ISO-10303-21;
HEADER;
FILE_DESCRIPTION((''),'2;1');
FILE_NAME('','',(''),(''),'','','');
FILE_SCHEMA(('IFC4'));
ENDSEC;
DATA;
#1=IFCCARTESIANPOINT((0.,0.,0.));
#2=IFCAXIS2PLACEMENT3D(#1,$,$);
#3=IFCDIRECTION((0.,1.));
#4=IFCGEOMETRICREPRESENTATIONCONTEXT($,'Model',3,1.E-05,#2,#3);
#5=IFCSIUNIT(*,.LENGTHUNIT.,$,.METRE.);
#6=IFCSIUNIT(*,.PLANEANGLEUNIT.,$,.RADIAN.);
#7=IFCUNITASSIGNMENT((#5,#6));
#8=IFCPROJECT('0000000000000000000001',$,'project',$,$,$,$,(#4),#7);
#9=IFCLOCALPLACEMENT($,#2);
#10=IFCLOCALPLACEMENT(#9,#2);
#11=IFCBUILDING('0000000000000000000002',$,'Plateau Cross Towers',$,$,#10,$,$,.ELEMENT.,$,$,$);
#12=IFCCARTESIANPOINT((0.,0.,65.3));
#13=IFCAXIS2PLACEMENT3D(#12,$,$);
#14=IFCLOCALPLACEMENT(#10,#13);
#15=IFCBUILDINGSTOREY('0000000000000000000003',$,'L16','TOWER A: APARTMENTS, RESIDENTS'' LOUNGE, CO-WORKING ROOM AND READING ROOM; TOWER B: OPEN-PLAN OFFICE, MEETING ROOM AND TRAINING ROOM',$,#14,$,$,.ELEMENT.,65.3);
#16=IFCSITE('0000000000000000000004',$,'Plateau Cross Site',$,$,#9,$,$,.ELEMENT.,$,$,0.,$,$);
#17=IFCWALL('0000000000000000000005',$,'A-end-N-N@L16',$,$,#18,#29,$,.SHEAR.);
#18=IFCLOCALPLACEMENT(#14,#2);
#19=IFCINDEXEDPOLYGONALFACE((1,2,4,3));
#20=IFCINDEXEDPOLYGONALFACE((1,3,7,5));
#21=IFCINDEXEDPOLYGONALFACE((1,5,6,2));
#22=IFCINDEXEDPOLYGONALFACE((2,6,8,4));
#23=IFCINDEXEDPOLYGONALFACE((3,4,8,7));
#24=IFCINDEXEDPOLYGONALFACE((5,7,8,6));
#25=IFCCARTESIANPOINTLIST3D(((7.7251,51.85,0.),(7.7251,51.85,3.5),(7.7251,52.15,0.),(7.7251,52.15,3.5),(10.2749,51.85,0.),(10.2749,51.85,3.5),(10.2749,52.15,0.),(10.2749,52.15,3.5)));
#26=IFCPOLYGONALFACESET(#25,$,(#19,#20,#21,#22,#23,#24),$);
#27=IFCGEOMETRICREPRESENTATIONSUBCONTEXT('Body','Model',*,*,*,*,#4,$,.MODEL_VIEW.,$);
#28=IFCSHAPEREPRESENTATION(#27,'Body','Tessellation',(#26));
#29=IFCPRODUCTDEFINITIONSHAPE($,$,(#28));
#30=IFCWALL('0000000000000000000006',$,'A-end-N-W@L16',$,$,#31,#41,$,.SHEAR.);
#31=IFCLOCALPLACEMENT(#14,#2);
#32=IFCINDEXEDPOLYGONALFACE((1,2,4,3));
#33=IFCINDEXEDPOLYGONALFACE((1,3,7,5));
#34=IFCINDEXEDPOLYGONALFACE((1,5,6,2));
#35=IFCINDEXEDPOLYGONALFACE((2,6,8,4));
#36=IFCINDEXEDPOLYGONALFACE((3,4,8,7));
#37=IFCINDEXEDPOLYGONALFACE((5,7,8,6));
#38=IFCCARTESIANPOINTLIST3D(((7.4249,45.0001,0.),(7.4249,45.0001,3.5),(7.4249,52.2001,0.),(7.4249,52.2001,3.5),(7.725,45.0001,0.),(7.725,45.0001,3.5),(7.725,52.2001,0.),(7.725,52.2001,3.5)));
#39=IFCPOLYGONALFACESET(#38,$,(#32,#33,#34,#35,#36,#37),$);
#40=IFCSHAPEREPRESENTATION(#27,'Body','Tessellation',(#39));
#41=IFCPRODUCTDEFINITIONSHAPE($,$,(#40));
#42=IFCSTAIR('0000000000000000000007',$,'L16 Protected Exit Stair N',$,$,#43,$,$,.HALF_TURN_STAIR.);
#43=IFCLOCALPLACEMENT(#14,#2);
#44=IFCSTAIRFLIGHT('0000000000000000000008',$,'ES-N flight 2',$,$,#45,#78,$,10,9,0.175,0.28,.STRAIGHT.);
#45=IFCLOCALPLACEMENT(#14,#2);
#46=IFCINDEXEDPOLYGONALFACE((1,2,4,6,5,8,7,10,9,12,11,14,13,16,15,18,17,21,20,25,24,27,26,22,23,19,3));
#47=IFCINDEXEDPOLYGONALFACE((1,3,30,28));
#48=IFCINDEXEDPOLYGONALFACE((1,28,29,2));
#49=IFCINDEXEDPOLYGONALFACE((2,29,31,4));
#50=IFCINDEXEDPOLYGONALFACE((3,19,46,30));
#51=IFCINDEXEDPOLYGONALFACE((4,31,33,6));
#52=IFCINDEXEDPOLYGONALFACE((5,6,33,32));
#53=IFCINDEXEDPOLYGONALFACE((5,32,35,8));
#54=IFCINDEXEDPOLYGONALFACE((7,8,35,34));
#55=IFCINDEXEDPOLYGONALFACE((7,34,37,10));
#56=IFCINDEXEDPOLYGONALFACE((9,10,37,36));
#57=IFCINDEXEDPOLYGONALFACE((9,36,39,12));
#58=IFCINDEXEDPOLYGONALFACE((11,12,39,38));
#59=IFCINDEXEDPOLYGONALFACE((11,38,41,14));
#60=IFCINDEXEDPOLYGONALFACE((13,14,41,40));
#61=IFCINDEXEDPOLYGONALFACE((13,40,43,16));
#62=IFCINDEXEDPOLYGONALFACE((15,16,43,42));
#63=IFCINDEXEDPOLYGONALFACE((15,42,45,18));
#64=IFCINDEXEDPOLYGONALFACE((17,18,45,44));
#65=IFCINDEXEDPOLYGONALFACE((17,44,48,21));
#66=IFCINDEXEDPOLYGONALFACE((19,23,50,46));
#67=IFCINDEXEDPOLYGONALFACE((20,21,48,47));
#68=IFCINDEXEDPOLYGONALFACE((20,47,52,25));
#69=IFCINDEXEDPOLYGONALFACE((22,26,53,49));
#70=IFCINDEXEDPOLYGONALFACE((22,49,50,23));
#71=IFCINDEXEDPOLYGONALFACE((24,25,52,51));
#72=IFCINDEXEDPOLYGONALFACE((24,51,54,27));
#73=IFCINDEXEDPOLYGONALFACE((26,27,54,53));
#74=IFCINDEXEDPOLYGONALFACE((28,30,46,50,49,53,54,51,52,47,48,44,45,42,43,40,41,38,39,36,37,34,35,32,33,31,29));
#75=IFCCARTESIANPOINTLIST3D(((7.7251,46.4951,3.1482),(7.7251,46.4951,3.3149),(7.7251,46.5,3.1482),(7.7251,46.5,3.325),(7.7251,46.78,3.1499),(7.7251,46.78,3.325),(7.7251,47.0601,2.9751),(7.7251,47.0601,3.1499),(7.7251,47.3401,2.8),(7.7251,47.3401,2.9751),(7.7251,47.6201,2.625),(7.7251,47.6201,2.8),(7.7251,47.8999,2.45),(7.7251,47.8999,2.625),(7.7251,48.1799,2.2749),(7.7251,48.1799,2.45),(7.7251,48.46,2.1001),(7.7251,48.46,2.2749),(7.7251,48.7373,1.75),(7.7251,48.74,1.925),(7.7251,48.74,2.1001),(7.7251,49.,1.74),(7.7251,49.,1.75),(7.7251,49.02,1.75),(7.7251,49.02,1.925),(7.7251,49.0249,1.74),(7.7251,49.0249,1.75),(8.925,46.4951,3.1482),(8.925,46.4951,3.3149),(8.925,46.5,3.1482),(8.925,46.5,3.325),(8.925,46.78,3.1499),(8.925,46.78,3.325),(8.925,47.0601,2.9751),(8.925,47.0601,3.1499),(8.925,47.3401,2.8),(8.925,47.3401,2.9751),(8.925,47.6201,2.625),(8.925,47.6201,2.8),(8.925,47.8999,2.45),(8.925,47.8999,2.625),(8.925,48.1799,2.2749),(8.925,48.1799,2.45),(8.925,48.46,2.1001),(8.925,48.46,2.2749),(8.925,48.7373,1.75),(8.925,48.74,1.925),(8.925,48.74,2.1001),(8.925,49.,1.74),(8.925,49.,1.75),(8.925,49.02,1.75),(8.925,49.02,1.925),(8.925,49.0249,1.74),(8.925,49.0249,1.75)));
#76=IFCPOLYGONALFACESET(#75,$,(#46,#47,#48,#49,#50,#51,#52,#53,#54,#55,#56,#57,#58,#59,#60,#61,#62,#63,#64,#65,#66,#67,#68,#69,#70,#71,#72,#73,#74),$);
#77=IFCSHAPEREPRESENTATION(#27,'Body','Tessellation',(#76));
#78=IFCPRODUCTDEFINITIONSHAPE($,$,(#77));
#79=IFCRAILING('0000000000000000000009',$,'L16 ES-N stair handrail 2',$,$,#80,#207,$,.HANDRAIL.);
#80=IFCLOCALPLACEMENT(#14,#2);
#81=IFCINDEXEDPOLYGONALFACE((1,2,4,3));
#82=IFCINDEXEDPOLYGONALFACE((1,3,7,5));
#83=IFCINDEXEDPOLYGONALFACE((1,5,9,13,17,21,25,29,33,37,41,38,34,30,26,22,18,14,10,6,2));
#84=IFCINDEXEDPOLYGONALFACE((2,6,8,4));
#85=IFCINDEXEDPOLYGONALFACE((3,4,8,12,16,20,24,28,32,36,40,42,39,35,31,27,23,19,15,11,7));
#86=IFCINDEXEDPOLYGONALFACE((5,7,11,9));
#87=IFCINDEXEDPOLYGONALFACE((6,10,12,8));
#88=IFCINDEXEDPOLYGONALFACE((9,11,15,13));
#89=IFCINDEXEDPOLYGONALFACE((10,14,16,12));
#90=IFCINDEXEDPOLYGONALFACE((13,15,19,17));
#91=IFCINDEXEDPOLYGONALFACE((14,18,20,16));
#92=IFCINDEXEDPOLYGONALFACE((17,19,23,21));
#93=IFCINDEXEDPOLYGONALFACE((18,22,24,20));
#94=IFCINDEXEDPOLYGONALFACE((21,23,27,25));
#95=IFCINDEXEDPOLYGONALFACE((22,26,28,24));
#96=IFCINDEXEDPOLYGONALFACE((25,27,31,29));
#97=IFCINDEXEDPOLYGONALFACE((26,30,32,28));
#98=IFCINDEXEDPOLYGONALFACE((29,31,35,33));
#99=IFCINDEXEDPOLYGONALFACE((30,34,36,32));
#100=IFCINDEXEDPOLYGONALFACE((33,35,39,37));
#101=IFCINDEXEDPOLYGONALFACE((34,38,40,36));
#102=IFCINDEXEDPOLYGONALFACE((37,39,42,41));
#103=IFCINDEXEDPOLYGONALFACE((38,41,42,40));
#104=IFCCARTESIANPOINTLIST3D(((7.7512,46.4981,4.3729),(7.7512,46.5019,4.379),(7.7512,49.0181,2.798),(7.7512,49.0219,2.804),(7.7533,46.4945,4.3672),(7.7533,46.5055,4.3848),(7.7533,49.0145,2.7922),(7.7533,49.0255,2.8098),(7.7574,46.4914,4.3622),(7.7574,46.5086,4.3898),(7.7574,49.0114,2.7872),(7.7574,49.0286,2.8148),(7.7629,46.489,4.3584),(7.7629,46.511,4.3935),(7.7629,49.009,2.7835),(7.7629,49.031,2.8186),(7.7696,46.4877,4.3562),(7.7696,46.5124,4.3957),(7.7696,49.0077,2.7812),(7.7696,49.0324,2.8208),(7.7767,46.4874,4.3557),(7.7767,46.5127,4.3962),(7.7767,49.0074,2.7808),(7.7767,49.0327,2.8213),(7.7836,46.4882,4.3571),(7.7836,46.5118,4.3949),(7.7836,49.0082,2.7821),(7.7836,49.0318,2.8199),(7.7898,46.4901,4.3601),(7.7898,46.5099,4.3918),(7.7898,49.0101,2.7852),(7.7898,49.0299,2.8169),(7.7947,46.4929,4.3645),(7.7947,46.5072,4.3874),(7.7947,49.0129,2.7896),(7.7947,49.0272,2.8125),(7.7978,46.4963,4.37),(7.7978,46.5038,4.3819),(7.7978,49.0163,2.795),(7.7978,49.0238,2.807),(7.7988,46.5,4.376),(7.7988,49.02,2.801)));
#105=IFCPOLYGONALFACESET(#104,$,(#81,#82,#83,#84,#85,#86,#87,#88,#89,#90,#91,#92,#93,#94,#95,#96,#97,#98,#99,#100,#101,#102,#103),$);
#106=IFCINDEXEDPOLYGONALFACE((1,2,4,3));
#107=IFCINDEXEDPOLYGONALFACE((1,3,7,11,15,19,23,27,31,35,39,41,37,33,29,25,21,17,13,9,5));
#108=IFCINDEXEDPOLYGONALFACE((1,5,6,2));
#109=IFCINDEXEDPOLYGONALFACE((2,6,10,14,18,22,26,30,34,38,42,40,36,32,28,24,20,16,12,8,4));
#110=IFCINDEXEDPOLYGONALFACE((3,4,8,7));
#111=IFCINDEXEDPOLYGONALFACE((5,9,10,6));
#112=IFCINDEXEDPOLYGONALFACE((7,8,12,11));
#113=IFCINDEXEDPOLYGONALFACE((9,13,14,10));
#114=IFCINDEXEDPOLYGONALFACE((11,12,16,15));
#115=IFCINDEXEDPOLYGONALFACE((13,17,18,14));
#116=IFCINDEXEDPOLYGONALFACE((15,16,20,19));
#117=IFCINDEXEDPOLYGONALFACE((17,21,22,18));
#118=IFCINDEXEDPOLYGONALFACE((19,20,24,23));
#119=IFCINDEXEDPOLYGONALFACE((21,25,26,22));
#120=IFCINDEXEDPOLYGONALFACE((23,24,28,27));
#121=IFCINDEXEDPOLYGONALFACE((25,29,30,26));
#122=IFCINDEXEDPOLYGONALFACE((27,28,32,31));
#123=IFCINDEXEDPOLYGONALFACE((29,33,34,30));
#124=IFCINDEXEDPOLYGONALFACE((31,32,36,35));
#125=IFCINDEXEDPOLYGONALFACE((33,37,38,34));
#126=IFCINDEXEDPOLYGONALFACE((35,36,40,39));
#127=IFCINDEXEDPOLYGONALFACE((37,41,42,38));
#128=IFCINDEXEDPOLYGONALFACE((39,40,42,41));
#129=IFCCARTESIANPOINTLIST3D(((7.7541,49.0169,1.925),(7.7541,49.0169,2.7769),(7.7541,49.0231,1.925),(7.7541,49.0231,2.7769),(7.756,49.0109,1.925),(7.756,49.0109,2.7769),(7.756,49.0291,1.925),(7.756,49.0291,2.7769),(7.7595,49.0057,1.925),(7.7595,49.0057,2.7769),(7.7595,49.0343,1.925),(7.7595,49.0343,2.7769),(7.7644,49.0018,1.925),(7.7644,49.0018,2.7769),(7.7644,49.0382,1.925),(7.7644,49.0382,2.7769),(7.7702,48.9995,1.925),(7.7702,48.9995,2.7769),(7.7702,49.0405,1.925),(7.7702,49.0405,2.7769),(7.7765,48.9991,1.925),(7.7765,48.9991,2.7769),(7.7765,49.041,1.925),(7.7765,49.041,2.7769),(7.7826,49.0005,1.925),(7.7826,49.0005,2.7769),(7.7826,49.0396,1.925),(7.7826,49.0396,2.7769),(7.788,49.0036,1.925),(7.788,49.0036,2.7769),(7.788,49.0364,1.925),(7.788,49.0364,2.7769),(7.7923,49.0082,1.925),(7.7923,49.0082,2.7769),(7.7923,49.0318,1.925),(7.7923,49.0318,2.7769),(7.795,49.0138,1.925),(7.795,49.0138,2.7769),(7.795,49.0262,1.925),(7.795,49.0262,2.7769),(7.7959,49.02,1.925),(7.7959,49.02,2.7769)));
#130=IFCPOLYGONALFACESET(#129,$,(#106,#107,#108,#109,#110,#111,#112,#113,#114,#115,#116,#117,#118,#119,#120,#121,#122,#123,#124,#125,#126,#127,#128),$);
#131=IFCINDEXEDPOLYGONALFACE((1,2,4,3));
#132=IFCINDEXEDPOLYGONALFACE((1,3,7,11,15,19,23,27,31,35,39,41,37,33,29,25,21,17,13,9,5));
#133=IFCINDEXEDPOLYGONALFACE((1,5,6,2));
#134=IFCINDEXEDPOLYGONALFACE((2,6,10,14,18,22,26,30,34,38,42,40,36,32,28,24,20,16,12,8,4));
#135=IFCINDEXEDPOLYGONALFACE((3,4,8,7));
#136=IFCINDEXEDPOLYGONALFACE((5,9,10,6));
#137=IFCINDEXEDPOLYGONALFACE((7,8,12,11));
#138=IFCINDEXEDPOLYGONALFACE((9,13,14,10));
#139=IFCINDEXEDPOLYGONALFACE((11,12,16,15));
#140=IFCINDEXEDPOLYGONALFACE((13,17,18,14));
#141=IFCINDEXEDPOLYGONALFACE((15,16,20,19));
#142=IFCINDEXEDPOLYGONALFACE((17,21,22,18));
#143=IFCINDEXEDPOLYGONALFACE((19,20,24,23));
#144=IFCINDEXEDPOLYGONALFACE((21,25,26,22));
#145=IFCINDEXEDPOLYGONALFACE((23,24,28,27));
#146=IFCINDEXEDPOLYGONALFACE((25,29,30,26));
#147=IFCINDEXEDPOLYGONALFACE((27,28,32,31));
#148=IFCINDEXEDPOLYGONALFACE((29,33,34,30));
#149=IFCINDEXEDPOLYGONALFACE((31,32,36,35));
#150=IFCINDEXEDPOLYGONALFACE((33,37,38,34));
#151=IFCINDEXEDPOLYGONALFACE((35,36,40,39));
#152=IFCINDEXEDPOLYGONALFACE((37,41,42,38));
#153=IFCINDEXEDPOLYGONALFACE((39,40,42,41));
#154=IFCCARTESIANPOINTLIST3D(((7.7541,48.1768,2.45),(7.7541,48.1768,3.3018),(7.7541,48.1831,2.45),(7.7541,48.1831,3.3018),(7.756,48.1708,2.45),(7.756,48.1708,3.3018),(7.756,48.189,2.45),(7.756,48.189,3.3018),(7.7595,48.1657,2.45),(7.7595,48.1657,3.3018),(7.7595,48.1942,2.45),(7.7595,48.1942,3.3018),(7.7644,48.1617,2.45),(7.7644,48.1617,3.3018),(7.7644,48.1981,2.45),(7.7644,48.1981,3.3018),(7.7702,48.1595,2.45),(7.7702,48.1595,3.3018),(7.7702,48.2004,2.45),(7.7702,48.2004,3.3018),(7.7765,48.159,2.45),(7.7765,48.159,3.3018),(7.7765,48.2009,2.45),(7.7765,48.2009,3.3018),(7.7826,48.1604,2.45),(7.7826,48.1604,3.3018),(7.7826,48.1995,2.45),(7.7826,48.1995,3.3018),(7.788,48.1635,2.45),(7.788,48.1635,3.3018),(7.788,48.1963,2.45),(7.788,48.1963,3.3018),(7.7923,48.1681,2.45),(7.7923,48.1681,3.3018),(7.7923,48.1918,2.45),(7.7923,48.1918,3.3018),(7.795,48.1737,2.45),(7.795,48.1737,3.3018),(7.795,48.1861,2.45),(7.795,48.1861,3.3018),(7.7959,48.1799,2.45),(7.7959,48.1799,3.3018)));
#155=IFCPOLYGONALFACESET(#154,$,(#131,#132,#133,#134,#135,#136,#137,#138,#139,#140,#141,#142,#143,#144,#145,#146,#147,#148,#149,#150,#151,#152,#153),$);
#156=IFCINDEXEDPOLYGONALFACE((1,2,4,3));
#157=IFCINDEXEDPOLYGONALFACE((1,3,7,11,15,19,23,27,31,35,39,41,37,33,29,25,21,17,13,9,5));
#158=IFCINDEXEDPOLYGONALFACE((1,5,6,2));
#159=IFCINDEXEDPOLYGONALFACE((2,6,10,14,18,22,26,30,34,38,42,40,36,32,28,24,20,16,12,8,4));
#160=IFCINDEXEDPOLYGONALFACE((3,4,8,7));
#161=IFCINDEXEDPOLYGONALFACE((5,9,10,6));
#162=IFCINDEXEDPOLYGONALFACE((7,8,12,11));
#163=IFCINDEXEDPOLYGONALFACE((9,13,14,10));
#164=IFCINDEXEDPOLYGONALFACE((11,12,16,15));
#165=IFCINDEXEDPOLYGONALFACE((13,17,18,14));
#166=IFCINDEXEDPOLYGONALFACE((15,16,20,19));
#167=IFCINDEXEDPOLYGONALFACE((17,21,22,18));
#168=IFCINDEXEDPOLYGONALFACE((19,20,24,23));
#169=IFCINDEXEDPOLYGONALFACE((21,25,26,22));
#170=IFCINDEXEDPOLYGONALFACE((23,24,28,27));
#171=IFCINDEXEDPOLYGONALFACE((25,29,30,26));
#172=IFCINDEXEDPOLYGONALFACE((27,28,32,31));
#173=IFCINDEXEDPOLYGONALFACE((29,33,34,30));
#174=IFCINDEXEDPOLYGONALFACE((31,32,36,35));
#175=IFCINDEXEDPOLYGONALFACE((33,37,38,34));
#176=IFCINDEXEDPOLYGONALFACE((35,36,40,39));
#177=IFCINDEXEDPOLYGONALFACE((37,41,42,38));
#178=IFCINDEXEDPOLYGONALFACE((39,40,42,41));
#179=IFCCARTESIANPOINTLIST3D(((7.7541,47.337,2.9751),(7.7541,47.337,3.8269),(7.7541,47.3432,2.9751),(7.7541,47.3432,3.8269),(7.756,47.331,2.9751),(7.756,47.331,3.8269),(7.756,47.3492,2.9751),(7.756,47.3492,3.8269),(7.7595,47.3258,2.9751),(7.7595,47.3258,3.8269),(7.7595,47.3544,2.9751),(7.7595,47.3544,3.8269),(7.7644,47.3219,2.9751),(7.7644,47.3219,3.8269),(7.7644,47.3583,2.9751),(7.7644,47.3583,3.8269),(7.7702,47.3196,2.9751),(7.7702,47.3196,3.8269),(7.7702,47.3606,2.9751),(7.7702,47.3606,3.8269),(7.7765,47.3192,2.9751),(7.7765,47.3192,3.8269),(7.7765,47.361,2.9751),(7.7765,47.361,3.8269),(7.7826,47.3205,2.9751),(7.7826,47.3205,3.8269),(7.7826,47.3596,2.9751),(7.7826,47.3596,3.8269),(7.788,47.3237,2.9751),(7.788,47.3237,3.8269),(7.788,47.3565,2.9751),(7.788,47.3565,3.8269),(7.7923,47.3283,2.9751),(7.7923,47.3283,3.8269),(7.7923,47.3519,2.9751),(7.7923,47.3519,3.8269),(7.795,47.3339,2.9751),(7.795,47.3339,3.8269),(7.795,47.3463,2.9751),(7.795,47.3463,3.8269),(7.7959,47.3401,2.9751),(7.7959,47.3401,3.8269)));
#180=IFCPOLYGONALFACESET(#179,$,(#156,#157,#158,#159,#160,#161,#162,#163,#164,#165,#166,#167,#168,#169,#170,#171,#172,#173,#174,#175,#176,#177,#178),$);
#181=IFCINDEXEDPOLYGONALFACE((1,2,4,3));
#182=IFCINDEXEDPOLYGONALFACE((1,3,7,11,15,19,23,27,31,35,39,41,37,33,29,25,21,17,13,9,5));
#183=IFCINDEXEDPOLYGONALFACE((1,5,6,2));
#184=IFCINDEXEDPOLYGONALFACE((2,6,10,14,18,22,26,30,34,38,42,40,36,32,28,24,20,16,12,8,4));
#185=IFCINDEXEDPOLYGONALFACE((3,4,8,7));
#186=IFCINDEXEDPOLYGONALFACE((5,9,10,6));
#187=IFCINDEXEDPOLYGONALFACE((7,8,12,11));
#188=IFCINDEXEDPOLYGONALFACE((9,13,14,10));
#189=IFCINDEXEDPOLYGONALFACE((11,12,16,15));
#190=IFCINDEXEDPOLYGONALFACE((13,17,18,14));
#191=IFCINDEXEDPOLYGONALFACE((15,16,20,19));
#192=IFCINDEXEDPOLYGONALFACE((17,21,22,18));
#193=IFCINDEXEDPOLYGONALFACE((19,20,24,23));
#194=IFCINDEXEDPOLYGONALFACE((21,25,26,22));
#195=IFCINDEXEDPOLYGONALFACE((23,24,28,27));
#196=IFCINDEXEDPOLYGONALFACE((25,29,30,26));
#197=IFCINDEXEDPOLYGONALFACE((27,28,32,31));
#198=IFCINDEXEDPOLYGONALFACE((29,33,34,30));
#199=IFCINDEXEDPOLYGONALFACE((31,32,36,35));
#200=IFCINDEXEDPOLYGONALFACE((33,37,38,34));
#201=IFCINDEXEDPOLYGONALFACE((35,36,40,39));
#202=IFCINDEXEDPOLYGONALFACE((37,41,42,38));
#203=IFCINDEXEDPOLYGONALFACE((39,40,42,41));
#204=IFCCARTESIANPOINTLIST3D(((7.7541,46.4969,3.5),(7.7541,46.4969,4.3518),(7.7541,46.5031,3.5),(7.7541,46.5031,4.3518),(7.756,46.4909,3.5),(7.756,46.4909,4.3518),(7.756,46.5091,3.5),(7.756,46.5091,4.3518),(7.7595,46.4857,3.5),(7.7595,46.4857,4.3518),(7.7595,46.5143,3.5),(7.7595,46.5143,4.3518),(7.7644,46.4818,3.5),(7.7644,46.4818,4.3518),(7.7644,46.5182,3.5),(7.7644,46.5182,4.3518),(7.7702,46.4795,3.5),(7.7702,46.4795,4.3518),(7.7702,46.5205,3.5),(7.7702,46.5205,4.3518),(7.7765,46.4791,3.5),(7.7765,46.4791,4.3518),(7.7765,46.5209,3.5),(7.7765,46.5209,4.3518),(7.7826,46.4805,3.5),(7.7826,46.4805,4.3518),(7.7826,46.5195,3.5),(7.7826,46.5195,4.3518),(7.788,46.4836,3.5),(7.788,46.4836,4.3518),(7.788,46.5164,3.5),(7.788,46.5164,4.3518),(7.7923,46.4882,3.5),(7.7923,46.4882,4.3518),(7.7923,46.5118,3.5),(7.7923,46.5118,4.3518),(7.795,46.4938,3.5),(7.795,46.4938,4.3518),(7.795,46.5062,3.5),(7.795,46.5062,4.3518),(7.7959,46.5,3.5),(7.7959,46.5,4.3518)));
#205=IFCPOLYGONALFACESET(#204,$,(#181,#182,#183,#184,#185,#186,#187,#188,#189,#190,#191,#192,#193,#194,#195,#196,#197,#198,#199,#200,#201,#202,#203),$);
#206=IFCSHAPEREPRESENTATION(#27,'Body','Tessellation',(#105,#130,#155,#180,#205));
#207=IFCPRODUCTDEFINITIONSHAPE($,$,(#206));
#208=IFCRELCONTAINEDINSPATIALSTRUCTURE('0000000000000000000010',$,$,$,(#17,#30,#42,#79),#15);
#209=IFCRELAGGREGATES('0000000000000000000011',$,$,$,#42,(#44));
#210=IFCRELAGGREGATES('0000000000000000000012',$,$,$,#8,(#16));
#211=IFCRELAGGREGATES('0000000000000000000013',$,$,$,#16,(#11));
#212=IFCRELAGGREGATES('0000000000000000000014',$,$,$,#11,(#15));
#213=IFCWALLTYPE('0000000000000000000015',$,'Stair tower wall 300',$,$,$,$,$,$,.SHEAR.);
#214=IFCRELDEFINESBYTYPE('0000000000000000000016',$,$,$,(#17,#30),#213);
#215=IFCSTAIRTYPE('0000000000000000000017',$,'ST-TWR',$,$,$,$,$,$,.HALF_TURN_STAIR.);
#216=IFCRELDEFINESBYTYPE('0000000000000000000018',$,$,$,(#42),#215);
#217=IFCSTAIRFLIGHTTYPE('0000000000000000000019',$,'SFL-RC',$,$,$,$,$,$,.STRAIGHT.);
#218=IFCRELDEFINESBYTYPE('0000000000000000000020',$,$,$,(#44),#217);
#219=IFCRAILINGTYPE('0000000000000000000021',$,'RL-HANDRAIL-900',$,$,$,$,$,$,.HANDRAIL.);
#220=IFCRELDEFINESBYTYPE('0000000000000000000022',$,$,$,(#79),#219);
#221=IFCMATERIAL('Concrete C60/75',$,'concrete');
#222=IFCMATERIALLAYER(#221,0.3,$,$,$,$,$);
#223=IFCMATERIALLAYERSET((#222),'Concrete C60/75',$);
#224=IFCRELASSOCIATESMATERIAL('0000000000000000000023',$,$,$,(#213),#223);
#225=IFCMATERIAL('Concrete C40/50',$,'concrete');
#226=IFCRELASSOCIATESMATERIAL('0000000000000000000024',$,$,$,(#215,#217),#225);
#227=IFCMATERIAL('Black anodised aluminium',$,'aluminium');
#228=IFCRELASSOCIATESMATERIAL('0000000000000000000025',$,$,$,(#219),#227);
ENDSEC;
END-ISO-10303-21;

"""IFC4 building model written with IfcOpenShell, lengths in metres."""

from ifc_helpers import new_model, si_unit, direction, frame, frame_2d, origin, origin_2d, place, context, subcontext, project, spatial, polyline, rectangle, circle, outline, extrude, material, layer, layer_set, type_object, element, aggregate, save


model = new_model("IFC4")

# Units and contexts
model_context = context("Model", 3, precision=1e-05, world=origin(), true_north=direction((0.0, 1.0)))
body_context = subcontext(model_context, "Body", "Model", "MODEL_VIEW")
ifc_project = project(units=[si_unit("LENGTHUNIT", "METRE"), si_unit("PLANEANGLEUNIT", "RADIAN")], contexts=[model_context])

# Site, building, storey
site_placement = place(None, origin())
site = spatial("IfcSite", under=ifc_project, at=site_placement, Name="Plateau Cross Site", CompositionType="ELEMENT", RefElevation=0.0)
building_placement = place(site_placement, origin())
building = spatial("IfcBuilding", under=site, at=building_placement, Name="Plateau Cross Towers", CompositionType="ELEMENT")
storey_placement = place(building_placement, frame((0.0, 0.0, 65.3)))
storey = spatial("IfcBuildingStorey", under=building, at=storey_placement, Name="L16", Description="TOWER A: APARTMENTS, RESIDENTS' LOUNGE, CO-WORKING ROOM AND READING ROOM; TOWER B: OPEN-PLAN OFFICE, MEETING ROOM AND TRAINING ROOM", CompositionType="ELEMENT", Elevation=65.3)

# Shared definitions
ifc_material_1 = material(Name="Concrete C60/75", Category="concrete")

# Shared definitions
ifc_material_2 = material(Name="Black anodised aluminium", Category="aluminium")

# Shared definitions
ifc_layer_1 = layer(ifc_material_1, 0.3)
ifc_layer_set_1 = layer_set([ifc_layer_1], Name="Concrete C60/75")
wall_type_1 = type_object("IfcWallType", Name="Stair tower wall 300", PredefinedType="SHEAR", material=ifc_layer_set_1)

# Walls
wall_1_placement = place(storey_placement, frame((7.7251, 52.0, 0.0), z_axis=(0.0, 0.0, 1.0), x_axis=(1.0, 0.0, 0.0)))
element("IfcWall", 1, at=wall_1_placement, inside=storey, type_object=wall_type_1, Name="A-end-N-N@L16", PredefinedType="SHEAR", context=body_context, shape_type="SweptSolid", body=[
    extrude(rectangle(XDim=2.5498, YDim=0.3, at=frame_2d((1.2749, 0.0))), origin(), (0.0, 0.0, 1.0), 3.5),
])
wall_2_placement = place(storey_placement, frame((7.575, 45.0, 0.0), z_axis=(0.0, 0.0, 1.0), x_axis=(0.0, 1.0, 0.0)))
element("IfcWall", 2, at=wall_2_placement, inside=storey, type_object=wall_type_1, Name="A-end-N-W@L16", PredefinedType="SHEAR", context=body_context, shape_type="SweptSolid", body=[
    extrude(rectangle(XDim=7.2, YDim=0.3, at=frame_2d((3.6001, 0.0))), origin(), (0.0, 0.0, 1.0), 3.5),
])

# Stair, stair flight
ifc_material_3 = material(Name="Concrete C40/50", Category="concrete")
stair_type = type_object("IfcStairType", Name="ST-TWR", PredefinedType="HALF_TURN_STAIR", material=ifc_material_3)
stair_placement = place(storey_placement, origin())
stair = element("IfcStair", 3, at=stair_placement, inside=storey, type_object=stair_type, Name="L16 Protected Exit Stair N", PredefinedType="HALF_TURN_STAIR")
stair_flight_type = type_object("IfcStairFlightType", Name="SFL-RC", PredefinedType="STRAIGHT", material=ifc_material_3)
stair_flight_placement = place(storey_placement, frame((8.325, 49.02, 1.75), z_axis=(0.0, 0.0, 1.0), x_axis=(0.0, -1.0, 0.0)))
stair_flight = element("IfcStairFlight", 4, at=stair_flight_placement, type_object=stair_flight_type, Name="ES-N flight 2", NumberOfRisers=10, NumberOfTreads=9, PredefinedType="STRAIGHT", RiserHeight=0.175, TreadLength=0.28, context=body_context, shape_type="SweptSolid", body=[
    extrude(outline(polyline([(-0.0049, -0.01), (-0.0049, 0.0), (0.0, 0.0), (0.0, 0.175), (0.28, 0.175), (0.28, 0.3501), (0.5601, 0.3501), (0.5601, 0.5249), (0.8401, 0.5249), (0.8401, 0.7), (1.1201, 0.7), (1.1201, 0.875), (1.3999, 0.875), (1.3999, 1.05), (1.6799, 1.05), (1.6799, 1.2251), (1.96, 1.2251), (1.96, 1.3999), (2.24, 1.3999), (2.24, 1.575), (2.52, 1.575), (2.5249, 1.5649), (2.5249, 1.3982), (2.52, 1.3982), (0.2827, 0.0), (0.02, 0.0), (0.02, -0.01), (-0.0049, -0.01)])), frame((0.0, 0.6001, 0.0), z_axis=(0.0, -1.0, 0.0), x_axis=(1.0, 0.0, 0.0)), (0.0, 0.0, 1.0), 1.2),
])
aggregate(stair, [stair_flight])

# Railing
railing_type = type_object("IfcRailingType", Name="RL-HANDRAIL-900", PredefinedType="HANDRAIL", material=ifc_material_2)
railing_placement = place(storey_placement, frame((7.7749, 49.02, 1.925)))
element("IfcRailing", 5, at=railing_placement, inside=storey, type_object=railing_type, Name="L16 ES-N stair handrail 2", PredefinedType="HANDRAIL", context=body_context, shape_type="SweptSolid", body=[
    extrude(circle(Radius=0.0239, at=origin_2d()), frame((0.0, 0.0, 0.876), z_axis=(0.0, -0.848008, 0.529984), x_axis=(1.0, 0.0, 0.0)), (0.0, 0.0, 1.0), 2.9717),
    extrude(circle(Radius=0.021, at=origin_2d()), origin(), (0.0, 0.0, 1.0), 0.8518),
    extrude(circle(Radius=0.021, at=origin_2d()), frame((0.0, -0.8401, 0.5249)), (0.0, 0.0, 1.0), 0.8518),
    extrude(circle(Radius=0.021, at=origin_2d()), frame((0.0, -1.6799, 1.05)), (0.0, 0.0, 1.0), 0.8518),
    extrude(circle(Radius=0.021, at=origin_2d()), frame((0.0, -2.52, 1.575)), (0.0, 0.0, 1.0), 0.8518),
])

save(model, "model.ifc")
